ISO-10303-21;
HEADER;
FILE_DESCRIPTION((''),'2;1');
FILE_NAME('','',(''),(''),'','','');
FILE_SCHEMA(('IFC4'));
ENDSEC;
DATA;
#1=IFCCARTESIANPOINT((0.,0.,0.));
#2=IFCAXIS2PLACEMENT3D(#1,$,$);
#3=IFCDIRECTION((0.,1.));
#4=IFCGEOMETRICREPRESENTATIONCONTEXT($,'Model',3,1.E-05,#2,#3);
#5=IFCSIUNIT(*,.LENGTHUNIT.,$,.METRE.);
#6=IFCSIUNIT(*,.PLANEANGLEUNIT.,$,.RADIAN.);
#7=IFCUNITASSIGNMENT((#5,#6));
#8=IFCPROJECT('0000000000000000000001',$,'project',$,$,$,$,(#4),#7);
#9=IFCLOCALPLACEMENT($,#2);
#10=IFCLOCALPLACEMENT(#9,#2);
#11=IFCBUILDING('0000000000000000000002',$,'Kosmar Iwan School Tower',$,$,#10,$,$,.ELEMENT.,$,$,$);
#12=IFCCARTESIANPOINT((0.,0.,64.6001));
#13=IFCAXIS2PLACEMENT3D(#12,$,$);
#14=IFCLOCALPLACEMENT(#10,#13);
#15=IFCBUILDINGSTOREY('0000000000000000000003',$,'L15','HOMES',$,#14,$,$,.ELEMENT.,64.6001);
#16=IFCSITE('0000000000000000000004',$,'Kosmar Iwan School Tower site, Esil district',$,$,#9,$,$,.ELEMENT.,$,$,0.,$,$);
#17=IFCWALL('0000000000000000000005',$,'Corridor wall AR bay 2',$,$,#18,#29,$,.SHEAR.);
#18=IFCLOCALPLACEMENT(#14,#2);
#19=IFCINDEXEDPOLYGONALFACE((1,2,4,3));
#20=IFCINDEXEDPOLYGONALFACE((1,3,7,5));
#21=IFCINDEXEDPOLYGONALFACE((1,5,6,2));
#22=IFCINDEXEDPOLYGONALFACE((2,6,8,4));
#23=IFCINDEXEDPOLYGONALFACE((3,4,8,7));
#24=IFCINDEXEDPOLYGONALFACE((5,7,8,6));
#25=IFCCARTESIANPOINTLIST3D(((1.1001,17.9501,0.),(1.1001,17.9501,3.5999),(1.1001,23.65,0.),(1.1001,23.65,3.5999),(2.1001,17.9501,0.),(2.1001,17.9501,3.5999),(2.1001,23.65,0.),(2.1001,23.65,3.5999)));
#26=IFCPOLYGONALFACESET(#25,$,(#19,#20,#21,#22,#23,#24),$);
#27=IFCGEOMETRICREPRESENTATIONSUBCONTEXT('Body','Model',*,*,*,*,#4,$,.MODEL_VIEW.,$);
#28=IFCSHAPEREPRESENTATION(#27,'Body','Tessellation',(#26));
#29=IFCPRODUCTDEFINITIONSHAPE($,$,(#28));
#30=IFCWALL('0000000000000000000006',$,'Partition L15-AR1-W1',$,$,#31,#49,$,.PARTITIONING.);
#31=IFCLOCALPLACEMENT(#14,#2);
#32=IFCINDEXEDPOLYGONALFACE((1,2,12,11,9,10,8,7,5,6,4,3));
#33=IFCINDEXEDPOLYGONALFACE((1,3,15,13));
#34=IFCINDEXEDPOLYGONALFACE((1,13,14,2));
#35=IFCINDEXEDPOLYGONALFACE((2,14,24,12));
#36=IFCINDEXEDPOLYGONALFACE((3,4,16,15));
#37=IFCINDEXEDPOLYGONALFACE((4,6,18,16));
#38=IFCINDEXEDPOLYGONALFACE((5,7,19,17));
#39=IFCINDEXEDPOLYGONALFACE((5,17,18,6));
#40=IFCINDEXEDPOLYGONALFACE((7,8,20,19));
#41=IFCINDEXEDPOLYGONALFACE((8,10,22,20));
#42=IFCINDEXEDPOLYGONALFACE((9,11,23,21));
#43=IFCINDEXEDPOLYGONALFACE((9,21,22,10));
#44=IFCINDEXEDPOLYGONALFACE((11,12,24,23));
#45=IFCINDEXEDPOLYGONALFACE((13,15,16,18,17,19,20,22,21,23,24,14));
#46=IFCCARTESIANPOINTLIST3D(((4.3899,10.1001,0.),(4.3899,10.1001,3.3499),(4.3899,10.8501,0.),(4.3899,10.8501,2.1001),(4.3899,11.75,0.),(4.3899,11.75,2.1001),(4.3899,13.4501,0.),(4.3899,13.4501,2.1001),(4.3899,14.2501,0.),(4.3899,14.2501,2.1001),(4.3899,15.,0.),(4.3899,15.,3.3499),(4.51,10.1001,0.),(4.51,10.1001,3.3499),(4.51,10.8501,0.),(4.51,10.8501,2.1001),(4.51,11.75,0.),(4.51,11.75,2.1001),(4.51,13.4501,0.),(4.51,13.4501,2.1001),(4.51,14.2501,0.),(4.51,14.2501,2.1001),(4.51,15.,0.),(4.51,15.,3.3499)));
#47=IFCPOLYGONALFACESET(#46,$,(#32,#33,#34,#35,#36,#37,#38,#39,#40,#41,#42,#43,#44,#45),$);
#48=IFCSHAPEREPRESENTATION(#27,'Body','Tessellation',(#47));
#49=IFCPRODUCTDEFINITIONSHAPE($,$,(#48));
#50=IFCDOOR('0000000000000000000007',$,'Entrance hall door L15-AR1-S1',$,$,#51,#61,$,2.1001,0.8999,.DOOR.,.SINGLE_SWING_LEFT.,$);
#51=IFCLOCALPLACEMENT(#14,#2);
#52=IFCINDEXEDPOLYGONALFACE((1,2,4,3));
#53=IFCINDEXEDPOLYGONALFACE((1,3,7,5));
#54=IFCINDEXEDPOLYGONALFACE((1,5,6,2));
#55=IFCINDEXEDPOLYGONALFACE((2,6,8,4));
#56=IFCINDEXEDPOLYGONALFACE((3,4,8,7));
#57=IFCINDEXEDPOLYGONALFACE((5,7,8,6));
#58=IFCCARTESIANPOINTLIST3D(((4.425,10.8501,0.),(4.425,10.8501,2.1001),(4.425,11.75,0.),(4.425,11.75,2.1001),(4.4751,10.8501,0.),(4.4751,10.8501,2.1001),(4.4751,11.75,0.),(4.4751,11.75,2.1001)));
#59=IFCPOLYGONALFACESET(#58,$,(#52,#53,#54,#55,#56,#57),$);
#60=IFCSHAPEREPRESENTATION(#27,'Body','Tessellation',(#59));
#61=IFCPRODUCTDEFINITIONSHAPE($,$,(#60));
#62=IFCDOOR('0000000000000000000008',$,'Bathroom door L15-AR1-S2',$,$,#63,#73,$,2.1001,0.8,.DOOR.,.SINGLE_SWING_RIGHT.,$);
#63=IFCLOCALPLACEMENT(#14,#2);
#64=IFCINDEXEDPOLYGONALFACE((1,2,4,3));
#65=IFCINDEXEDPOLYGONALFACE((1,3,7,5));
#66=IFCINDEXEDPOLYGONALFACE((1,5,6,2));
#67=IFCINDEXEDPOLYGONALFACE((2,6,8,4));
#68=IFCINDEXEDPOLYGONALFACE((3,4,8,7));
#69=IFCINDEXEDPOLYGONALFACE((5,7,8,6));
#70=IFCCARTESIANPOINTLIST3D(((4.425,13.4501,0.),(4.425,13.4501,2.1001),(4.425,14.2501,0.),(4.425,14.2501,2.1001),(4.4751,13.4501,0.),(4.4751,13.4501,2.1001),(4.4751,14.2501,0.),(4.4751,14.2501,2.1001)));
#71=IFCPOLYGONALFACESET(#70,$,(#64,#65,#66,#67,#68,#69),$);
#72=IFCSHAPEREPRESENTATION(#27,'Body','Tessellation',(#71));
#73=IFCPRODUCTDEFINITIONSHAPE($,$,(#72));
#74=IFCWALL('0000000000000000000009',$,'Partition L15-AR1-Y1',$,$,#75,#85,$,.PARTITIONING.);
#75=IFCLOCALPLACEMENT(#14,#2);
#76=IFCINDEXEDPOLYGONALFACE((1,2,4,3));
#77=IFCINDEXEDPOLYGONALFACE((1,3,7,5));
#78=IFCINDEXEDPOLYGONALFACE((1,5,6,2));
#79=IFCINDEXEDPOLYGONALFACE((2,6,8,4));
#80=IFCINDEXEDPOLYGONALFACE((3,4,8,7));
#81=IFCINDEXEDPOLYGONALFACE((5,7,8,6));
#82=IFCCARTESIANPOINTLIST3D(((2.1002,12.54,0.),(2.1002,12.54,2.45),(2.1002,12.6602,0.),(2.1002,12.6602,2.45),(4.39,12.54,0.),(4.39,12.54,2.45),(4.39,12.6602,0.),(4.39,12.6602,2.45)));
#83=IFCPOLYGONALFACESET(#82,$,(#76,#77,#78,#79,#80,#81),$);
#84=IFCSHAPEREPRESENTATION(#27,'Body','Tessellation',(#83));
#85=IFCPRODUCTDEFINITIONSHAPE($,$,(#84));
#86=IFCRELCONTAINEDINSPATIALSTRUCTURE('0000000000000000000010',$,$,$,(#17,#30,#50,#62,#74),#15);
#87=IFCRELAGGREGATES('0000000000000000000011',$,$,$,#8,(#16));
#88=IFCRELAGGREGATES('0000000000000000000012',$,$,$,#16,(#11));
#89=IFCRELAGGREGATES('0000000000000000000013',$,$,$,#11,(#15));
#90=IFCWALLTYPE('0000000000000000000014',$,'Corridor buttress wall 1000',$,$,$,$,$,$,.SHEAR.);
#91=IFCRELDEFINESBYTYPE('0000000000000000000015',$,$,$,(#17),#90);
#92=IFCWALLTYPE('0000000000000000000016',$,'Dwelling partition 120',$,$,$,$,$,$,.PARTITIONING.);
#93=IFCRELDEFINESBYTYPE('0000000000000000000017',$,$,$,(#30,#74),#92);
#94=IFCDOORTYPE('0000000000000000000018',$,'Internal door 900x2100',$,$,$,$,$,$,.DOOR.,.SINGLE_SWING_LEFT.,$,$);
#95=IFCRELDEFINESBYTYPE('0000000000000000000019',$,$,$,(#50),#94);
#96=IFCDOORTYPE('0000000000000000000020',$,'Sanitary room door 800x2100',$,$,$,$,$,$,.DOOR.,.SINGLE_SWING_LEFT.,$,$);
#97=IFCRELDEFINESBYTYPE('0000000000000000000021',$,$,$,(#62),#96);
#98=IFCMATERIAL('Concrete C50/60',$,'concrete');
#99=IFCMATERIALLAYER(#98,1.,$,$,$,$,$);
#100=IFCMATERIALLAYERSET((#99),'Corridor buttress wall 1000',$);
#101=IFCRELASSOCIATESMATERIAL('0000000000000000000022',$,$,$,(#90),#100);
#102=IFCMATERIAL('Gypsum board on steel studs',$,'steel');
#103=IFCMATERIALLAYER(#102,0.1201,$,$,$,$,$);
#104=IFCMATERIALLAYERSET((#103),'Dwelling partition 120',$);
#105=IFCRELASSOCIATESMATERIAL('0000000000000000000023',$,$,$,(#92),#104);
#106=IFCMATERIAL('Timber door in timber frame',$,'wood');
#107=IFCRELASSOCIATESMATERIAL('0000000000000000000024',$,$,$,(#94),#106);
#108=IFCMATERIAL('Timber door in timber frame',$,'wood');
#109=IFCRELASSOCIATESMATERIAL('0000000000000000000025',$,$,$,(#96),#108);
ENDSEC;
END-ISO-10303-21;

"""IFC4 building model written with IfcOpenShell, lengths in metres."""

from ifc_helpers import new_model, si_unit, direction, frame, frame_2d, origin, place, context, subcontext, project, spatial, rectangle, extrude, material, layer, layer_set, type_object, element, fill, save


model = new_model("IFC4")

# Units and contexts
model_context = context("Model", 3, precision=1e-05, world=origin(), true_north=direction((0.0, 1.0)))
body_context = subcontext(model_context, "Body", "Model", "MODEL_VIEW")
ifc_project = project(units=[si_unit("LENGTHUNIT", "METRE"), si_unit("PLANEANGLEUNIT", "RADIAN")], contexts=[model_context])

# Site, building, storey
site_placement = place(None, origin())
site = spatial("IfcSite", under=ifc_project, at=site_placement, Name="Kosmar Iwan School Tower site, Esil district", CompositionType="ELEMENT", RefElevation=0.0)
building_placement = place(site_placement, origin())
building = spatial("IfcBuilding", under=site, at=building_placement, Name="Kosmar Iwan School Tower", CompositionType="ELEMENT")
storey_placement = place(building_placement, frame((0.0, 0.0, 64.6001)))
storey = spatial("IfcBuildingStorey", under=building, at=storey_placement, Name="L15", Description="HOMES", CompositionType="ELEMENT", Elevation=64.6001)

# Wall
ifc_material_1 = material(Name="Concrete C50/60", Category="concrete")
ifc_layer_1 = layer(ifc_material_1, 1.0)
ifc_layer_set_1 = layer_set([ifc_layer_1], Name="Corridor buttress wall 1000")
wall_type_1 = type_object("IfcWallType", Name="Corridor buttress wall 1000", PredefinedType="SHEAR", material=ifc_layer_set_1)
wall_1_placement = place(storey_placement, frame((1.6001, 17.95, 0.0), z_axis=(0.0, 0.0, 1.0), x_axis=(0.0, 1.0, 0.0)))
element("IfcWall", 1, at=wall_1_placement, inside=storey, type_object=wall_type_1, Name="Corridor wall AR bay 2", PredefinedType="SHEAR", context=body_context, shape_type="SweptSolid", body=[
    extrude(rectangle(XDim=5.7, YDim=1.0, at=frame_2d((2.8501, 0.0))), origin(), (0.0, 0.0, 1.0), 3.5999),
])

# Wall, openings, doors
ifc_material_2 = material(Name="Gypsum board on steel studs", Category="steel")
ifc_layer_2 = layer(ifc_material_2, 0.1201)
ifc_layer_set_2 = layer_set([ifc_layer_2], Name="Dwelling partition 120")
wall_type_2 = type_object("IfcWallType", Name="Dwelling partition 120", PredefinedType="PARTITIONING", material=ifc_layer_set_2)
wall_2_placement = place(storey_placement, frame((4.45, 10.1001, 0.0), z_axis=(0.0, 0.0, 1.0), x_axis=(0.0, 1.0, 0.0)))
wall_2 = element("IfcWall", 2, at=wall_2_placement, inside=storey, type_object=wall_type_2, Name="Partition L15-AR1-W1", PredefinedType="PARTITIONING", context=body_context, shape_type="SweptSolid", body=[
    extrude(rectangle(XDim=4.8999, YDim=0.1201, at=frame_2d((2.45, 0.0))), origin(), (0.0, 0.0, 1.0), 3.3499),
])
opening_1_placement = place(wall_2_placement, frame((0.75, 0.0, 0.0)))
opening_1 = element("IfcOpeningElement", 3, at=opening_1_placement, cuts=wall_2, PredefinedType="OPENING", context=body_context, shape_type="SweptSolid", body=[
    extrude(rectangle(XDim=0.8999, YDim=2.1001, at=frame_2d((0.45, 1.05))), frame((0.0, 0.072, 0.0), z_axis=(0.0, -1.0, 0.0), x_axis=(1.0, 0.0, 0.0)), (0.0, 0.0, 1.0), 0.144),
])
opening_2_placement = place(wall_2_placement, frame((3.3501, 0.0, 0.0)))
opening_2 = element("IfcOpeningElement", 4, at=opening_2_placement, cuts=wall_2, PredefinedType="OPENING", context=body_context, shape_type="SweptSolid", body=[
    extrude(rectangle(XDim=0.8, YDim=2.1001, at=frame_2d((0.3999, 1.05))), frame((0.0, 0.072, 0.0), z_axis=(0.0, -1.0, 0.0), x_axis=(1.0, 0.0, 0.0)), (0.0, 0.0, 1.0), 0.144),
])
ifc_material_3 = material(Name="Timber door in timber frame", Category="wood")
door_type_1 = type_object("IfcDoorType", Name="Internal door 900x2100", OperationType="SINGLE_SWING_LEFT", PredefinedType="DOOR", material=ifc_material_3)
door_1_placement = place(opening_1_placement, origin())
door_1 = element("IfcDoor", 5, at=door_1_placement, inside=storey, type_object=door_type_1, Name="Entrance hall door L15-AR1-S1", OperationType="SINGLE_SWING_LEFT", OverallHeight=2.1001, OverallWidth=0.8999, PredefinedType="DOOR", context=body_context, shape_type="SweptSolid", body=[
    extrude(rectangle(XDim=0.8999, YDim=2.1001, at=frame_2d((0.45, 1.05))), frame((0.0, 0.0249, 0.0), z_axis=(0.0, -1.0, 0.0), x_axis=(1.0, 0.0, 0.0)), (0.0, 0.0, 1.0), 0.05),
])
fill(opening_1, door_1)
ifc_material_4 = material(Name="Timber door in timber frame", Category="wood")
door_type_2 = type_object("IfcDoorType", Name="Sanitary room door 800x2100", OperationType="SINGLE_SWING_LEFT", PredefinedType="DOOR", material=ifc_material_4)
door_2_placement = place(opening_2_placement, origin())
door_2 = element("IfcDoor", 6, at=door_2_placement, inside=storey, type_object=door_type_2, Name="Bathroom door L15-AR1-S2", OperationType="SINGLE_SWING_RIGHT", OverallHeight=2.1001, OverallWidth=0.8, PredefinedType="DOOR", context=body_context, shape_type="SweptSolid", body=[
    extrude(rectangle(XDim=0.8, YDim=2.1001, at=frame_2d((0.3999, 1.05))), frame((0.0, 0.0249, 0.0), z_axis=(0.0, -1.0, 0.0), x_axis=(1.0, 0.0, 0.0)), (0.0, 0.0, 1.0), 0.05),
])
fill(opening_2, door_2)

# Wall
wall_3_placement = place(storey_placement, frame((2.1001, 12.6001, 0.0), z_axis=(0.0, 0.0, 1.0), x_axis=(1.0, 0.0, 0.0)))
element("IfcWall", 7, at=wall_3_placement, inside=storey, type_object=wall_type_2, Name="Partition L15-AR1-Y1", PredefinedType="PARTITIONING", context=body_context, shape_type="SweptSolid", body=[
    extrude(rectangle(XDim=2.2898, YDim=0.1201, at=frame_2d((1.145, 0.0))), origin(), (0.0, 0.0, 1.0), 2.45),
])

save(model, "model.ifc")
